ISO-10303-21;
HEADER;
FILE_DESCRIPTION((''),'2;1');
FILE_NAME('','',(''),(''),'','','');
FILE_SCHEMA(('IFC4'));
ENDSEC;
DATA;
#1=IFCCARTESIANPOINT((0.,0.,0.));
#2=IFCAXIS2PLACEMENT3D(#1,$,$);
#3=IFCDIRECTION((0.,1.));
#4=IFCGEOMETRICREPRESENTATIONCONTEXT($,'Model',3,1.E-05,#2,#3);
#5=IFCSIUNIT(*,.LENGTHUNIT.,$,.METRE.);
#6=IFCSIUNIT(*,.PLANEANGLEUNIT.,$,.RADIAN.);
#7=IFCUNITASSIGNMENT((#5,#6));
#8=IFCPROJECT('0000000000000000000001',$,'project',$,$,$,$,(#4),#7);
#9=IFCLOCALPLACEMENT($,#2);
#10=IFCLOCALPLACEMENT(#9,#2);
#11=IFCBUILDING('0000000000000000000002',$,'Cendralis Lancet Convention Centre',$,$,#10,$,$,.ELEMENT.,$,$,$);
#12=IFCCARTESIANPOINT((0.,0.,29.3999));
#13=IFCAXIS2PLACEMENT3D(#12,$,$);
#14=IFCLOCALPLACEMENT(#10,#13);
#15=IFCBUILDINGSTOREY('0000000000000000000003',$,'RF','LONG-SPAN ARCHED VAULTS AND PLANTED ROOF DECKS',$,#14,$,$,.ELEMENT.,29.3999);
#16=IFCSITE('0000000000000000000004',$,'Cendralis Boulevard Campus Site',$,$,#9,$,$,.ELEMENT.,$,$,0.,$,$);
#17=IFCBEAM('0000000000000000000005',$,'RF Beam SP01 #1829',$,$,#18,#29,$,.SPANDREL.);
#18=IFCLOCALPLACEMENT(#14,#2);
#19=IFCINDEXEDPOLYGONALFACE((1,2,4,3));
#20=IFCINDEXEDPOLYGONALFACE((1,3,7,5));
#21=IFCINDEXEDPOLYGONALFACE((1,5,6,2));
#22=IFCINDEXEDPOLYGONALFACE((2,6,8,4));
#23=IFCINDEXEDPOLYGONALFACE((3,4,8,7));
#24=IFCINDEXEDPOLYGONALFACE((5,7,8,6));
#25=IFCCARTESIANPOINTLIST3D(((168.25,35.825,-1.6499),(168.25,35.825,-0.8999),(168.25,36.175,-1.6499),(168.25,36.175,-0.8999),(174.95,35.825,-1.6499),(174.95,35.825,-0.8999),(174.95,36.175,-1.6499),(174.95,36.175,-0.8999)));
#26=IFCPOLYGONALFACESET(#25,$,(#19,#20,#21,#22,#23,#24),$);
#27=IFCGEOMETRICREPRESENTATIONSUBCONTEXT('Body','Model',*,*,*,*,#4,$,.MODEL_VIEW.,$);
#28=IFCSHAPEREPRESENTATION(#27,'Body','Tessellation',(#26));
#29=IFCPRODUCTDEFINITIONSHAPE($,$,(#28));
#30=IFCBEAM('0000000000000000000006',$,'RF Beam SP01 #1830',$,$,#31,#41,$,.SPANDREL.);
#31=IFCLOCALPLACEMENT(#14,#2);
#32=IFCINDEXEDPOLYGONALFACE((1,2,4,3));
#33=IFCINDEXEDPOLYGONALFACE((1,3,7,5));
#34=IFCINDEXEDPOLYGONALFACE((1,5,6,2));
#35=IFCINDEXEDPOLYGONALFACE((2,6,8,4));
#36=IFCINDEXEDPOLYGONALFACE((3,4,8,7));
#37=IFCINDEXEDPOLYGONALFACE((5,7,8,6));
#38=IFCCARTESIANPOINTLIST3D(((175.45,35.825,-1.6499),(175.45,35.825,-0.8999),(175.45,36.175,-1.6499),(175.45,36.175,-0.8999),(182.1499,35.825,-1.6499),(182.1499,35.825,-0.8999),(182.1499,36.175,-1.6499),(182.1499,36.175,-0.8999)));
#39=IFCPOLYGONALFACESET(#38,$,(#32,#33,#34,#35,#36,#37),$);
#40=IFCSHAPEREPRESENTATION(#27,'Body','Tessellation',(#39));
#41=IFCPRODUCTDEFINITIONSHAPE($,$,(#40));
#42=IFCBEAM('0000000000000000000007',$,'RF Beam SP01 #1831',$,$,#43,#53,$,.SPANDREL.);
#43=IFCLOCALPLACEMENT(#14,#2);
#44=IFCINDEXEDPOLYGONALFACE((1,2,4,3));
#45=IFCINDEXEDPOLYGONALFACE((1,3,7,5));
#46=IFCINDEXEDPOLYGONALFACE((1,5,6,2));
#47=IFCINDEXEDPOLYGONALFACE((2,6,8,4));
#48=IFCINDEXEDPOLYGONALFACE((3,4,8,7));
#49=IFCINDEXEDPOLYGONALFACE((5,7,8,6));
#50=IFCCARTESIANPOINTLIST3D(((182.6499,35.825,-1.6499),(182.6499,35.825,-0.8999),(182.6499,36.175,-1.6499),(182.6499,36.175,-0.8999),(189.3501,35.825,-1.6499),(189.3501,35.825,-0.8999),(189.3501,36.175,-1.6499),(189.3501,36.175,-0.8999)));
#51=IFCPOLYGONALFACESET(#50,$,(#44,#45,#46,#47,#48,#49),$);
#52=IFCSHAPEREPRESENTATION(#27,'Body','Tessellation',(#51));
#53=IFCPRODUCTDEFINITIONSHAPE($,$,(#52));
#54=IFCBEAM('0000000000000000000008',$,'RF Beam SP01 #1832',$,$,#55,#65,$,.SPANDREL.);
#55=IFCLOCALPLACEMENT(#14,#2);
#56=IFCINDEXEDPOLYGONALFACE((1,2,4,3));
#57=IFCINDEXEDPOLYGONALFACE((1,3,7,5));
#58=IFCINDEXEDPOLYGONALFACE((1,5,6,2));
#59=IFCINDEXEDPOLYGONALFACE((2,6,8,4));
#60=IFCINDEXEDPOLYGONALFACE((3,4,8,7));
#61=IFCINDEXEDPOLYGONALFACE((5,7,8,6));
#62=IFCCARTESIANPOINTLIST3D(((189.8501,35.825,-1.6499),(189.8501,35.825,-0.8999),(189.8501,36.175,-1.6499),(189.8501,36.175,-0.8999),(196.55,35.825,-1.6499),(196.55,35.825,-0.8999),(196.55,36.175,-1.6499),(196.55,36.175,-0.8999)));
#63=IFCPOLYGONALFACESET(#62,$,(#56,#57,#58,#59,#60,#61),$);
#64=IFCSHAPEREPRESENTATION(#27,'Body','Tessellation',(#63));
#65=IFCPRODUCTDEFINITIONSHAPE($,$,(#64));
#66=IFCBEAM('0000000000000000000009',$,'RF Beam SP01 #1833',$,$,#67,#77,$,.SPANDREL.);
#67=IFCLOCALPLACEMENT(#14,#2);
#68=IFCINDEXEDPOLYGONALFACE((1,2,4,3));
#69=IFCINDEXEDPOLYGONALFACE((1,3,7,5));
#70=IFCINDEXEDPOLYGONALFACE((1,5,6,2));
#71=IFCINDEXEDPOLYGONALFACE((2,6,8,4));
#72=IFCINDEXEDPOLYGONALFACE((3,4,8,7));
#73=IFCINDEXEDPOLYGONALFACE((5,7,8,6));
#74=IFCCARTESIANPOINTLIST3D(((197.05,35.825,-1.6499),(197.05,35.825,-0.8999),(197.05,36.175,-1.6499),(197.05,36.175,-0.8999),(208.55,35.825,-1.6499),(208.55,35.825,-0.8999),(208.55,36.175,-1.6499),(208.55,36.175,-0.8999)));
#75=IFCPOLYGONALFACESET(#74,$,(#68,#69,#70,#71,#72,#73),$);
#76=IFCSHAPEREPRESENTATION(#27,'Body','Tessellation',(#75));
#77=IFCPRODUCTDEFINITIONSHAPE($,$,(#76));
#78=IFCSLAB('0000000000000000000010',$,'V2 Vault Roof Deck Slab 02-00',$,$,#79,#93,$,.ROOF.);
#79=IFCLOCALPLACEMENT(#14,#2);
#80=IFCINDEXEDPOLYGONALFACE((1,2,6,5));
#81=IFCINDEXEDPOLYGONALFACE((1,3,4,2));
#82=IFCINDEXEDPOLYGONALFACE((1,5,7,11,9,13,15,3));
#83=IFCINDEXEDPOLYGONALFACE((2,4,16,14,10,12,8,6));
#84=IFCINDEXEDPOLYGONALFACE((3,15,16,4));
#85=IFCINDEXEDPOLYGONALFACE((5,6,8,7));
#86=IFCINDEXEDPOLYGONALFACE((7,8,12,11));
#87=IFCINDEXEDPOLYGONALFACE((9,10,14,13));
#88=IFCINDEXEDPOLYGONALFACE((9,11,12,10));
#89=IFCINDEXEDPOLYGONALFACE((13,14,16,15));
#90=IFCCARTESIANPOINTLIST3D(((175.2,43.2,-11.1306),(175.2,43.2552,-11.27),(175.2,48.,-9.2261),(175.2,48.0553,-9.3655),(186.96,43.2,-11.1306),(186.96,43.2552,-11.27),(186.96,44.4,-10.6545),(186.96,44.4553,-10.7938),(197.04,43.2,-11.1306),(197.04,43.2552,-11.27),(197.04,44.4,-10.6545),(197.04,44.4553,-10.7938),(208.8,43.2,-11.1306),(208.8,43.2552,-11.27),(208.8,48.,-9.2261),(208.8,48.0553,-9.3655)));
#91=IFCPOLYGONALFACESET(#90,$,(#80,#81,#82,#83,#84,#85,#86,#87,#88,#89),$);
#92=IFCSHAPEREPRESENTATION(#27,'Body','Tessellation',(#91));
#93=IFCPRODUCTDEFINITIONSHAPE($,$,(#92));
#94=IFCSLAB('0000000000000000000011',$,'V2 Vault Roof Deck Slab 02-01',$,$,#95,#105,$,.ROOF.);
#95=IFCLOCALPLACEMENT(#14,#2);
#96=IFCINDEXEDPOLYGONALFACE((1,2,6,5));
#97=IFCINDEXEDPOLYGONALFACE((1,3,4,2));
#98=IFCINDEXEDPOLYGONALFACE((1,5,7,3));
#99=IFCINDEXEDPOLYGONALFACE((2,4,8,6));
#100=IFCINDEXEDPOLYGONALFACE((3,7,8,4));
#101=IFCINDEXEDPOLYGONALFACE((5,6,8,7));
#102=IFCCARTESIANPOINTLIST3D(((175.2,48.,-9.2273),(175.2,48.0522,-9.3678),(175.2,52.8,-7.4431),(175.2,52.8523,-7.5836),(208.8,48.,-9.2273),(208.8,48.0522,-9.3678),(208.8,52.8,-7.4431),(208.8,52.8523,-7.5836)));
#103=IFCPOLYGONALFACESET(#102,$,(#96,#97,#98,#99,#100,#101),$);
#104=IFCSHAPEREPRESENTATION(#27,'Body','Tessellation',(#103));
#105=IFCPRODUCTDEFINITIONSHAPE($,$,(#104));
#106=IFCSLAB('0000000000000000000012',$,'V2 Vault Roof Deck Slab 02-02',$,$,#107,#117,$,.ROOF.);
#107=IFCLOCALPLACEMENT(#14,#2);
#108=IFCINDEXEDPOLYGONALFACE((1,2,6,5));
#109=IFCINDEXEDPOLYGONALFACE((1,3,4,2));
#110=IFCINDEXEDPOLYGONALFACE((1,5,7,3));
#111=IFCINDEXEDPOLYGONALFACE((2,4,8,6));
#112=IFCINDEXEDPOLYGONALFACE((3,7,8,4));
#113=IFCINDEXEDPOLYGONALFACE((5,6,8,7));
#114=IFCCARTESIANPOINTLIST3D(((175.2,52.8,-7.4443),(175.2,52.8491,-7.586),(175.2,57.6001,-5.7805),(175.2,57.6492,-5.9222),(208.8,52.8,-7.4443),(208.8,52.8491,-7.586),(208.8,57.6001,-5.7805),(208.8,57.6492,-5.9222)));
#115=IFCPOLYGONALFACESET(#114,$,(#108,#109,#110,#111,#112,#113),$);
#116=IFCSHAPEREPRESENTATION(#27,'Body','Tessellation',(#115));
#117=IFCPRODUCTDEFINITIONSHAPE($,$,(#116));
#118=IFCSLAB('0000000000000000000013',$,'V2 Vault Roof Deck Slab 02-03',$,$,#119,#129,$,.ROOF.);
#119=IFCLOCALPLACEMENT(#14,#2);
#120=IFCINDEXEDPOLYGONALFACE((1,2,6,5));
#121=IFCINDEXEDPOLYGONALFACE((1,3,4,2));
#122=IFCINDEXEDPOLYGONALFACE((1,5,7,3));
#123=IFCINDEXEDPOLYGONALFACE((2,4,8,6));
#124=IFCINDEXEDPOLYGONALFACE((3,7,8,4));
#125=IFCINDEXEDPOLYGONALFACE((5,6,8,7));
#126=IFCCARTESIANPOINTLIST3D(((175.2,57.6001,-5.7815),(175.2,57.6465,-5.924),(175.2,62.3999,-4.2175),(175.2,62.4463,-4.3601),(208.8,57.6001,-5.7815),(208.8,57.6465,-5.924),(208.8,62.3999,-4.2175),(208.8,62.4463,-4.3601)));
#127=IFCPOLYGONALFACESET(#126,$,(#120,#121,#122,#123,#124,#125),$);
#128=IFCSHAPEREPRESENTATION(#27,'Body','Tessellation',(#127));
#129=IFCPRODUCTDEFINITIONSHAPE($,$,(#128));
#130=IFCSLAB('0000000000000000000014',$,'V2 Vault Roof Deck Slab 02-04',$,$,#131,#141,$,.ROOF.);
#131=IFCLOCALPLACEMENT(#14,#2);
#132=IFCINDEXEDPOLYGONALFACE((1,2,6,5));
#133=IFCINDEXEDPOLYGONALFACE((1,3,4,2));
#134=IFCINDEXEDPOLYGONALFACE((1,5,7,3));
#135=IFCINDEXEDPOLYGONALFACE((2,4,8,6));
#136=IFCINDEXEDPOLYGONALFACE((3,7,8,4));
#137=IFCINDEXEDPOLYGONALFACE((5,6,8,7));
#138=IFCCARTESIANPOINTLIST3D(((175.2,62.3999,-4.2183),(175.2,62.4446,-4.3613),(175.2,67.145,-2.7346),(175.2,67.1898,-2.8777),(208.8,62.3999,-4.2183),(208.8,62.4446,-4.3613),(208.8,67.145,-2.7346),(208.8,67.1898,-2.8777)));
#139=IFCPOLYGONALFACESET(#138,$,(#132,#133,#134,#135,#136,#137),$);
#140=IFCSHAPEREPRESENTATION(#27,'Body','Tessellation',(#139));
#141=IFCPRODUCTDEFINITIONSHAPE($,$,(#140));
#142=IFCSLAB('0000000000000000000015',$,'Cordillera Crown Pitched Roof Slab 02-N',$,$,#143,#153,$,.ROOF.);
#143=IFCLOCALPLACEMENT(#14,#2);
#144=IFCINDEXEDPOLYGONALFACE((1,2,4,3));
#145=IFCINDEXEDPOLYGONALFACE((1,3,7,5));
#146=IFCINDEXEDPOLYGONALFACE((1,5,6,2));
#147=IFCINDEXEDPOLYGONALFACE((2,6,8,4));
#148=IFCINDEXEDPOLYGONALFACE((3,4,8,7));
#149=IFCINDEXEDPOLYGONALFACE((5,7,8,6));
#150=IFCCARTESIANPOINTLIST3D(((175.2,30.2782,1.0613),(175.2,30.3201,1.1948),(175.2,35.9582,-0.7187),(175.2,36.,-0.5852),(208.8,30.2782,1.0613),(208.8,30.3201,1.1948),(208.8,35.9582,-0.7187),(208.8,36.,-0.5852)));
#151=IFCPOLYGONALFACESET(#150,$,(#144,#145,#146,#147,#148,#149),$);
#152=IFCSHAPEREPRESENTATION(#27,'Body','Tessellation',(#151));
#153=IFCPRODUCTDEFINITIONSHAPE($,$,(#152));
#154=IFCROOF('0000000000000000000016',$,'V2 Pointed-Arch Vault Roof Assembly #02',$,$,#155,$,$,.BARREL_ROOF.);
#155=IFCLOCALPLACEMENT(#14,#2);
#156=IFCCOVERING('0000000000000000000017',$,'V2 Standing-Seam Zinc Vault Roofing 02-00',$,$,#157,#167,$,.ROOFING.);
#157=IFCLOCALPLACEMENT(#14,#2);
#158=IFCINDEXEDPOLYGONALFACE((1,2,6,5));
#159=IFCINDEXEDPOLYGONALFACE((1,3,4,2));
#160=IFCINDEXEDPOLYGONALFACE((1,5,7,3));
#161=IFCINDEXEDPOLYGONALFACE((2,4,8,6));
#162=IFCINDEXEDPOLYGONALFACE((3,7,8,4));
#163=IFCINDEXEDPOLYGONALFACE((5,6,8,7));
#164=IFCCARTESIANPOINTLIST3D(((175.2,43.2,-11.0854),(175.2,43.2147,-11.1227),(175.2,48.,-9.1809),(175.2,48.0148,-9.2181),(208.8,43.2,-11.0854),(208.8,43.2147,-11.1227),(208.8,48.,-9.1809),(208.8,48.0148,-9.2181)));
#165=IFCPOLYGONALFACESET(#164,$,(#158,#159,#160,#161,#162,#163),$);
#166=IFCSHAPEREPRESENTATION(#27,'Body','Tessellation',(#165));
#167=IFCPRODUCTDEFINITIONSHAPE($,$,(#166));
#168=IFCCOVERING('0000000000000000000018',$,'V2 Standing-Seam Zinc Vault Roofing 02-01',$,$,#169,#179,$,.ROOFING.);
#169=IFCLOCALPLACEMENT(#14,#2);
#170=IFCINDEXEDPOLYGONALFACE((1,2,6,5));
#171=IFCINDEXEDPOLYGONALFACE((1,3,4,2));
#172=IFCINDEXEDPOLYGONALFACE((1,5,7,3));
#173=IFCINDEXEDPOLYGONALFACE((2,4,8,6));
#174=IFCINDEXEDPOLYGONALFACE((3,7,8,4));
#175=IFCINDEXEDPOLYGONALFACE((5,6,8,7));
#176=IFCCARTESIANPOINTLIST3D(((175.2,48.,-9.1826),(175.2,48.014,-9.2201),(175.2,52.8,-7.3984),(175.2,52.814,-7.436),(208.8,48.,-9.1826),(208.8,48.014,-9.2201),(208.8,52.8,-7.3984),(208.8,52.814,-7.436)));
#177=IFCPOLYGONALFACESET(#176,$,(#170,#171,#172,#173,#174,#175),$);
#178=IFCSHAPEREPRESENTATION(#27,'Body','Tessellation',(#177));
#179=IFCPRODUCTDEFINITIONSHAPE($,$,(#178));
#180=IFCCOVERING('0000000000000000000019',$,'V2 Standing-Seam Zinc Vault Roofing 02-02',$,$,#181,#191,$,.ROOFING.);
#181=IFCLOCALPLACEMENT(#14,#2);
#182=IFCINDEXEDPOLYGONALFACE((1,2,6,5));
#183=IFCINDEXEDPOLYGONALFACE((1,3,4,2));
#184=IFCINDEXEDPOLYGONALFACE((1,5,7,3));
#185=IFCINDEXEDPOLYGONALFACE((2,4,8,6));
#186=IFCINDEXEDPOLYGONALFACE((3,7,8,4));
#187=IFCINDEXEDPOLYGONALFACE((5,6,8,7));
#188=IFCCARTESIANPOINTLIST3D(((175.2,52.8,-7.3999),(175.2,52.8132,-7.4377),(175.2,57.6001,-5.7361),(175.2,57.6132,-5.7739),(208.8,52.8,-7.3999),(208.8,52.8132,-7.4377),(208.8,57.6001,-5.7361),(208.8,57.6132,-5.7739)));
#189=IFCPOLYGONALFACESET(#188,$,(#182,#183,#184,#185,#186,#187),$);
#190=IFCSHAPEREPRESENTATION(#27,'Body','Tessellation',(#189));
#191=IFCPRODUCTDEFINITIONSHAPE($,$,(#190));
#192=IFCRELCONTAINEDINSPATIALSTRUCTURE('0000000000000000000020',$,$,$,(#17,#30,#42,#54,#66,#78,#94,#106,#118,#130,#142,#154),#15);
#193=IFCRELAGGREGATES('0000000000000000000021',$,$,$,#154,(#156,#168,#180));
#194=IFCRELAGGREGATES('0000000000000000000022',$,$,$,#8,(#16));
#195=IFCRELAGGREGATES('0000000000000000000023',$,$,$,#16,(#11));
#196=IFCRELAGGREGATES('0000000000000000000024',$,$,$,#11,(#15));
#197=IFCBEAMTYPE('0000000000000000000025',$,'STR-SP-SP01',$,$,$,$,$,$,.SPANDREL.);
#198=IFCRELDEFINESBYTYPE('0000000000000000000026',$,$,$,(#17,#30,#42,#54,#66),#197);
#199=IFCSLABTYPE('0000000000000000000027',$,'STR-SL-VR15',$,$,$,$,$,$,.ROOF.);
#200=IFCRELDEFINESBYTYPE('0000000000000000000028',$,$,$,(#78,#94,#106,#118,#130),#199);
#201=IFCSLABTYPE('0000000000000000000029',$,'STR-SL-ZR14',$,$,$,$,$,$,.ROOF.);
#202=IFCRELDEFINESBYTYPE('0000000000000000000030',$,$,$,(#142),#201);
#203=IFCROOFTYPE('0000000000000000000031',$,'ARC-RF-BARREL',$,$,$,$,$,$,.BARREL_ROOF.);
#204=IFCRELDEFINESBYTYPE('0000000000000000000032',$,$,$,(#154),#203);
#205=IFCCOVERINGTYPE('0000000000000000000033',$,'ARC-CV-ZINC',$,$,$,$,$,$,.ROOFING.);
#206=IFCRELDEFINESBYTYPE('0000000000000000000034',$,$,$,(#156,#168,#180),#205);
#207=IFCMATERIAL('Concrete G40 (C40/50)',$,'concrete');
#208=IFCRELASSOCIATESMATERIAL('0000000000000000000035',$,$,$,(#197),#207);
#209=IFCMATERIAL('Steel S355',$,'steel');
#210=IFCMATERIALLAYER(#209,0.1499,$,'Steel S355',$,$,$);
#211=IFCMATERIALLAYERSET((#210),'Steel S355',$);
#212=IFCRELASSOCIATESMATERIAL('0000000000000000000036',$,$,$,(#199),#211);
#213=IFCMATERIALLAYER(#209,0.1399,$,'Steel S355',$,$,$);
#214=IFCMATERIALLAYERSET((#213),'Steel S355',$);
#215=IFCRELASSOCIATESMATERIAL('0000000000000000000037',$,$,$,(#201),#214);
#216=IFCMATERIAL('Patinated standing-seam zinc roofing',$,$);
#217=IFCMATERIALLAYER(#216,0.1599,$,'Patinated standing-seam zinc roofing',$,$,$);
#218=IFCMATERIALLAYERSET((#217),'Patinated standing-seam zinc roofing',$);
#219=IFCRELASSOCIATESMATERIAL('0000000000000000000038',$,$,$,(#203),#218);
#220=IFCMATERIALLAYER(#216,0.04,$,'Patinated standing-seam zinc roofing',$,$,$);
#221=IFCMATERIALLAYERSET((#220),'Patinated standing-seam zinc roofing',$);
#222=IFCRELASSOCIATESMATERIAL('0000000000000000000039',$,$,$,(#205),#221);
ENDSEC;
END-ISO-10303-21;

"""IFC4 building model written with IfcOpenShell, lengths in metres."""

from ifc_helpers import new_model, si_unit, direction, frame, origin, origin_2d, place, context, subcontext, project, spatial, polyline, rectangle, outline, extrude, material, layer, layer_set, material_profile, profile_set, type_object, element, aggregate, save


model = new_model("IFC4")

# Units and contexts
model_context = context("Model", 3, precision=1e-05, world=origin(), true_north=direction((0.0, 1.0)))
body_context = subcontext(model_context, "Body", "Model", "MODEL_VIEW")
ifc_project = project(units=[si_unit("LENGTHUNIT", "METRE"), si_unit("PLANEANGLEUNIT", "RADIAN")], contexts=[model_context])

# Site, building, storey
site_placement = place(None, origin())
site = spatial("IfcSite", under=ifc_project, at=site_placement, Name="Cendralis Boulevard Campus Site", CompositionType="ELEMENT", RefElevation=0.0)
building_placement = place(site_placement, origin())
building = spatial("IfcBuilding", under=site, at=building_placement, Name="Cendralis Lancet Convention Centre", CompositionType="ELEMENT")
storey_placement = place(building_placement, frame((0.0, 0.0, 29.3999)))
storey = spatial("IfcBuildingStorey", under=building, at=storey_placement, Name="RF", Description="LONG-SPAN ARCHED VAULTS AND PLANTED ROOF DECKS", CompositionType="ELEMENT", Elevation=29.3999)

# Shared definitions
ifc_material_1 = material(Name="Steel S355", Category="steel")

# Beams
ifc_material_2 = material(Name="Concrete G40 (C40/50)", Category="concrete")
ifc_material_profile_1 = material_profile(ifc_material_2, rectangle(XDim=0.3501, YDim=0.75, at=origin_2d()), Name="RCB 350x750")
ifc_profile_set_1 = profile_set([ifc_material_profile_1], Name="Concrete G40 (C40/50)")
beam_type = type_object("IfcBeamType", Name="STR-SP-SP01", PredefinedType="SPANDREL", material=ifc_profile_set_1)
for number, where, z_axis, x_axis, name in (
    (1, (168.25, 36.0, -1.2749), (1.0, 0.0, 0.0), (0.0, 1.0, 0.0), "RF Beam SP01 #1829"),
    (2, (175.45, 36.0, -1.2749), (1.0, 0.0, 0.0), (0.0, 1.0, 0.0), "RF Beam SP01 #1830"),
):
    element("IfcBeam", number, at=place(storey_placement, frame(where, z_axis=z_axis, x_axis=x_axis)), inside=storey, type_object=beam_type, Name=name, PredefinedType="SPANDREL", context=body_context, shape_type="SweptSolid", body=[
        extrude(rectangle(XDim=0.3501, YDim=0.75, at=origin_2d()), origin(), (0.0, 0.0, 1.0), 6.7),
    ])
beam_1_placement = place(storey_placement, frame((182.6499, 36.0, -1.2749), z_axis=(1.0, 0.0, 0.0), x_axis=(0.0, 1.0, 0.0)))
element("IfcBeam", 3, at=beam_1_placement, inside=storey, type_object=beam_type, Name="RF Beam SP01 #1831", PredefinedType="SPANDREL", context=body_context, shape_type="SweptSolid", body=[
    extrude(rectangle(XDim=0.3501, YDim=0.75, at=origin_2d()), origin(), (0.0, 0.0, 1.0), 6.7002),
])
beam_2_placement = place(storey_placement, frame((189.8501, 36.0, -1.2749), z_axis=(1.0, 0.0, 0.0), x_axis=(0.0, 1.0, 0.0)))
element("IfcBeam", 4, at=beam_2_placement, inside=storey, type_object=beam_type, Name="RF Beam SP01 #1832", PredefinedType="SPANDREL", context=body_context, shape_type="SweptSolid", body=[
    extrude(rectangle(XDim=0.3501, YDim=0.75, at=origin_2d()), origin(), (0.0, 0.0, 1.0), 6.7),
])
beam_3_placement = place(storey_placement, frame((197.05, 36.0, -1.2749), z_axis=(1.0, 0.0, 0.0), x_axis=(0.0, 1.0, 0.0)))
element("IfcBeam", 5, at=beam_3_placement, inside=storey, type_object=beam_type, Name="RF Beam SP01 #1833", PredefinedType="SPANDREL", context=body_context, shape_type="SweptSolid", body=[
    extrude(rectangle(XDim=0.3501, YDim=0.75, at=origin_2d()), origin(), (0.0, 0.0, 1.0), 11.5),
])

# Slabs
ifc_layer_1 = layer(ifc_material_1, 0.1499, Name="Steel S355")
ifc_layer_set_1 = layer_set([ifc_layer_1], Name="Steel S355")
slab_type_1 = type_object("IfcSlabType", Name="STR-SL-VR15", PredefinedType="ROOF", material=ifc_layer_set_1)
slab_1_placement = place(storey_placement, frame((175.2, 43.2, -11.1306), z_axis=(0.0, -0.368794, 0.929511), x_axis=(1.0, 0.0, 0.0)))
element("IfcSlab", 6, at=slab_1_placement, inside=storey, type_object=slab_type_1, Name="V2 Vault Roof Deck Slab 02-00", PredefinedType="ROOF", context=body_context, shape_type="SweptSolid", body=[
    extrude(outline(polyline([(0.0, 0.0), (11.76, 0.0), (11.76, 1.291), (21.8401, 1.291), (21.8401, 0.0), (33.6001, 0.0), (33.6001, 5.1641), (0.0, 5.1641), (0.0, 0.0)])), origin(), (0.0, 0.0, -1.0), 0.1499),
])
slab_2_placement = place(storey_placement, frame((175.2, 48.0, -9.2273), z_axis=(0.0, -0.34841, 0.937342), x_axis=(1.0, 0.0, 0.0)))
element("IfcSlab", 7, at=slab_2_placement, inside=storey, type_object=slab_type_1, Name="V2 Vault Roof Deck Slab 02-01", PredefinedType="ROOF", context=body_context, shape_type="SweptSolid", body=[
    extrude(outline(polyline([(0.0, 0.0), (33.6001, 0.0), (33.6001, 5.1209), (0.0, 5.1209), (0.0, 0.0)])), origin(), (0.0, 0.0, -1.0), 0.1499),
])
slab_3_placement = place(storey_placement, frame((175.2, 52.8, -7.4443), z_axis=(0.0, -0.327508, 0.944848), x_axis=(1.0, 0.0, 0.0)))
element("IfcSlab", 8, at=slab_3_placement, inside=storey, type_object=slab_type_1, Name="V2 Vault Roof Deck Slab 02-02", PredefinedType="ROOF", context=body_context, shape_type="SweptSolid", body=[
    extrude(outline(polyline([(0.0, 0.0), (33.6001, 0.0), (33.6001, 5.0802), (0.0, 5.0802), (0.0, 0.0)])), origin(), (0.0, 0.0, -1.0), 0.1499),
])
slab_4_placement = place(storey_placement, frame((175.2, 57.6001, -5.7815), z_axis=(0.0, -0.309808, 0.950799), x_axis=(1.0, 0.0, 0.0)))
element("IfcSlab", 9, at=slab_4_placement, inside=storey, type_object=slab_type_1, Name="V2 Vault Roof Deck Slab 02-03", PredefinedType="ROOF", context=body_context, shape_type="SweptSolid", body=[
    extrude(outline(polyline([(0.0, 0.0), (33.6001, 0.0), (33.6001, 5.0482), (0.0, 5.0482), (0.0, 0.0)])), origin(), (0.0, 0.0, -1.0), 0.1499),
])
slab_5_placement = place(storey_placement, frame((175.2, 62.3999, -4.2183), z_axis=(0.0, -0.29842, 0.954435), x_axis=(1.0, 0.0, 0.0)))
element("IfcSlab", 10, at=slab_5_placement, inside=storey, type_object=slab_type_1, Name="V2 Vault Roof Deck Slab 02-04", PredefinedType="ROOF", context=body_context, shape_type="SweptSolid", body=[
    extrude(outline(polyline([(0.0, 0.0), (33.6001, 0.0), (33.6001, 4.9717), (0.0, 4.9717), (0.0, 0.0)])), origin(), (0.0, 0.0, -1.0), 0.1499),
])
ifc_layer_2 = layer(ifc_material_1, 0.1399, Name="Steel S355")
ifc_layer_set_2 = layer_set([ifc_layer_2], Name="Steel S355")
slab_type_2 = type_object("IfcSlabType", Name="STR-SL-ZR14", PredefinedType="ROOF", material=ifc_layer_set_2)
slab_6_placement = place(storey_placement, frame((175.2, 30.3201, 1.1948), z_axis=(0.0, 0.299048, 0.954238), x_axis=(1.0, 0.0, 0.0)))
element("IfcSlab", 11, at=slab_6_placement, inside=storey, type_object=slab_type_2, Name="Cordillera Crown Pitched Roof Slab 02-N", PredefinedType="ROOF", context=body_context, shape_type="SweptSolid", body=[
    extrude(outline(polyline([(0.0, 0.0), (33.6001, 0.0), (33.6001, 5.9523), (0.0, 5.9523), (0.0, 0.0)])), origin(), (0.0, 0.0, -1.0), 0.1399),
])

# Roof, coverings
ifc_material_3 = material(Name="Patinated standing-seam zinc roofing")
ifc_layer_3 = layer(ifc_material_3, 0.1599, Name="Patinated standing-seam zinc roofing")
ifc_layer_set_3 = layer_set([ifc_layer_3], Name="Patinated standing-seam zinc roofing")
roof_type_1 = type_object("IfcRoofType", Name="ARC-RF-BARREL", PredefinedType="BARREL_ROOF", material=ifc_layer_set_3)
roof_1_placement = place(storey_placement, origin())
roof_1 = element("IfcRoof", 12, at=roof_1_placement, inside=storey, type_object=roof_type_1, Name="V2 Pointed-Arch Vault Roof Assembly #02", PredefinedType="BARREL_ROOF")
ifc_layer_4 = layer(ifc_material_3, 0.04, Name="Patinated standing-seam zinc roofing")
ifc_layer_set_4 = layer_set([ifc_layer_4], Name="Patinated standing-seam zinc roofing")
covering_type = type_object("IfcCoveringType", Name="ARC-CV-ZINC", PredefinedType="ROOFING", material=ifc_layer_set_4)
covering_1_placement = place(storey_placement, frame((175.2, 43.2, -11.0854), z_axis=(0.0, -0.368805, 0.929507), x_axis=(1.0, 0.0, 0.0)))
covering_1 = element("IfcCovering", 13, at=covering_1_placement, type_object=covering_type, Name="V2 Standing-Seam Zinc Vault Roofing 02-00", PredefinedType="ROOFING", context=body_context, shape_type="SweptSolid", body=[
    extrude(outline(polyline([(0.0, 0.0), (33.6001, 0.0), (33.6001, 5.1641), (0.0, 5.1641), (0.0, 0.0)])), origin(), (0.0, 0.0, -1.0), 0.04),
])
covering_2_placement = place(storey_placement, frame((175.2, 48.0, -9.1826), z_axis=(0.0, -0.34841, 0.937342), x_axis=(1.0, 0.0, 0.0)))
covering_2 = element("IfcCovering", 14, at=covering_2_placement, type_object=covering_type, Name="V2 Standing-Seam Zinc Vault Roofing 02-01", PredefinedType="ROOFING", context=body_context, shape_type="SweptSolid", body=[
    extrude(outline(polyline([(0.0, 0.0), (33.6001, 0.0), (33.6001, 5.1209), (0.0, 5.1209), (0.0, 0.0)])), origin(), (0.0, 0.0, -1.0), 0.04),
])
covering_3_placement = place(storey_placement, frame((175.2, 52.8, -7.3999), z_axis=(0.0, -0.327508, 0.944848), x_axis=(1.0, 0.0, 0.0)))
covering_3 = element("IfcCovering", 15, at=covering_3_placement, type_object=covering_type, Name="V2 Standing-Seam Zinc Vault Roofing 02-02", PredefinedType="ROOFING", context=body_context, shape_type="SweptSolid", body=[
    extrude(outline(polyline([(0.0, 0.0), (33.6001, 0.0), (33.6001, 5.0802), (0.0, 5.0802), (0.0, 0.0)])), origin(), (0.0, 0.0, -1.0), 0.04),
])
aggregate(roof_1, [covering_1, covering_2, covering_3])

save(model, "model.ifc")
